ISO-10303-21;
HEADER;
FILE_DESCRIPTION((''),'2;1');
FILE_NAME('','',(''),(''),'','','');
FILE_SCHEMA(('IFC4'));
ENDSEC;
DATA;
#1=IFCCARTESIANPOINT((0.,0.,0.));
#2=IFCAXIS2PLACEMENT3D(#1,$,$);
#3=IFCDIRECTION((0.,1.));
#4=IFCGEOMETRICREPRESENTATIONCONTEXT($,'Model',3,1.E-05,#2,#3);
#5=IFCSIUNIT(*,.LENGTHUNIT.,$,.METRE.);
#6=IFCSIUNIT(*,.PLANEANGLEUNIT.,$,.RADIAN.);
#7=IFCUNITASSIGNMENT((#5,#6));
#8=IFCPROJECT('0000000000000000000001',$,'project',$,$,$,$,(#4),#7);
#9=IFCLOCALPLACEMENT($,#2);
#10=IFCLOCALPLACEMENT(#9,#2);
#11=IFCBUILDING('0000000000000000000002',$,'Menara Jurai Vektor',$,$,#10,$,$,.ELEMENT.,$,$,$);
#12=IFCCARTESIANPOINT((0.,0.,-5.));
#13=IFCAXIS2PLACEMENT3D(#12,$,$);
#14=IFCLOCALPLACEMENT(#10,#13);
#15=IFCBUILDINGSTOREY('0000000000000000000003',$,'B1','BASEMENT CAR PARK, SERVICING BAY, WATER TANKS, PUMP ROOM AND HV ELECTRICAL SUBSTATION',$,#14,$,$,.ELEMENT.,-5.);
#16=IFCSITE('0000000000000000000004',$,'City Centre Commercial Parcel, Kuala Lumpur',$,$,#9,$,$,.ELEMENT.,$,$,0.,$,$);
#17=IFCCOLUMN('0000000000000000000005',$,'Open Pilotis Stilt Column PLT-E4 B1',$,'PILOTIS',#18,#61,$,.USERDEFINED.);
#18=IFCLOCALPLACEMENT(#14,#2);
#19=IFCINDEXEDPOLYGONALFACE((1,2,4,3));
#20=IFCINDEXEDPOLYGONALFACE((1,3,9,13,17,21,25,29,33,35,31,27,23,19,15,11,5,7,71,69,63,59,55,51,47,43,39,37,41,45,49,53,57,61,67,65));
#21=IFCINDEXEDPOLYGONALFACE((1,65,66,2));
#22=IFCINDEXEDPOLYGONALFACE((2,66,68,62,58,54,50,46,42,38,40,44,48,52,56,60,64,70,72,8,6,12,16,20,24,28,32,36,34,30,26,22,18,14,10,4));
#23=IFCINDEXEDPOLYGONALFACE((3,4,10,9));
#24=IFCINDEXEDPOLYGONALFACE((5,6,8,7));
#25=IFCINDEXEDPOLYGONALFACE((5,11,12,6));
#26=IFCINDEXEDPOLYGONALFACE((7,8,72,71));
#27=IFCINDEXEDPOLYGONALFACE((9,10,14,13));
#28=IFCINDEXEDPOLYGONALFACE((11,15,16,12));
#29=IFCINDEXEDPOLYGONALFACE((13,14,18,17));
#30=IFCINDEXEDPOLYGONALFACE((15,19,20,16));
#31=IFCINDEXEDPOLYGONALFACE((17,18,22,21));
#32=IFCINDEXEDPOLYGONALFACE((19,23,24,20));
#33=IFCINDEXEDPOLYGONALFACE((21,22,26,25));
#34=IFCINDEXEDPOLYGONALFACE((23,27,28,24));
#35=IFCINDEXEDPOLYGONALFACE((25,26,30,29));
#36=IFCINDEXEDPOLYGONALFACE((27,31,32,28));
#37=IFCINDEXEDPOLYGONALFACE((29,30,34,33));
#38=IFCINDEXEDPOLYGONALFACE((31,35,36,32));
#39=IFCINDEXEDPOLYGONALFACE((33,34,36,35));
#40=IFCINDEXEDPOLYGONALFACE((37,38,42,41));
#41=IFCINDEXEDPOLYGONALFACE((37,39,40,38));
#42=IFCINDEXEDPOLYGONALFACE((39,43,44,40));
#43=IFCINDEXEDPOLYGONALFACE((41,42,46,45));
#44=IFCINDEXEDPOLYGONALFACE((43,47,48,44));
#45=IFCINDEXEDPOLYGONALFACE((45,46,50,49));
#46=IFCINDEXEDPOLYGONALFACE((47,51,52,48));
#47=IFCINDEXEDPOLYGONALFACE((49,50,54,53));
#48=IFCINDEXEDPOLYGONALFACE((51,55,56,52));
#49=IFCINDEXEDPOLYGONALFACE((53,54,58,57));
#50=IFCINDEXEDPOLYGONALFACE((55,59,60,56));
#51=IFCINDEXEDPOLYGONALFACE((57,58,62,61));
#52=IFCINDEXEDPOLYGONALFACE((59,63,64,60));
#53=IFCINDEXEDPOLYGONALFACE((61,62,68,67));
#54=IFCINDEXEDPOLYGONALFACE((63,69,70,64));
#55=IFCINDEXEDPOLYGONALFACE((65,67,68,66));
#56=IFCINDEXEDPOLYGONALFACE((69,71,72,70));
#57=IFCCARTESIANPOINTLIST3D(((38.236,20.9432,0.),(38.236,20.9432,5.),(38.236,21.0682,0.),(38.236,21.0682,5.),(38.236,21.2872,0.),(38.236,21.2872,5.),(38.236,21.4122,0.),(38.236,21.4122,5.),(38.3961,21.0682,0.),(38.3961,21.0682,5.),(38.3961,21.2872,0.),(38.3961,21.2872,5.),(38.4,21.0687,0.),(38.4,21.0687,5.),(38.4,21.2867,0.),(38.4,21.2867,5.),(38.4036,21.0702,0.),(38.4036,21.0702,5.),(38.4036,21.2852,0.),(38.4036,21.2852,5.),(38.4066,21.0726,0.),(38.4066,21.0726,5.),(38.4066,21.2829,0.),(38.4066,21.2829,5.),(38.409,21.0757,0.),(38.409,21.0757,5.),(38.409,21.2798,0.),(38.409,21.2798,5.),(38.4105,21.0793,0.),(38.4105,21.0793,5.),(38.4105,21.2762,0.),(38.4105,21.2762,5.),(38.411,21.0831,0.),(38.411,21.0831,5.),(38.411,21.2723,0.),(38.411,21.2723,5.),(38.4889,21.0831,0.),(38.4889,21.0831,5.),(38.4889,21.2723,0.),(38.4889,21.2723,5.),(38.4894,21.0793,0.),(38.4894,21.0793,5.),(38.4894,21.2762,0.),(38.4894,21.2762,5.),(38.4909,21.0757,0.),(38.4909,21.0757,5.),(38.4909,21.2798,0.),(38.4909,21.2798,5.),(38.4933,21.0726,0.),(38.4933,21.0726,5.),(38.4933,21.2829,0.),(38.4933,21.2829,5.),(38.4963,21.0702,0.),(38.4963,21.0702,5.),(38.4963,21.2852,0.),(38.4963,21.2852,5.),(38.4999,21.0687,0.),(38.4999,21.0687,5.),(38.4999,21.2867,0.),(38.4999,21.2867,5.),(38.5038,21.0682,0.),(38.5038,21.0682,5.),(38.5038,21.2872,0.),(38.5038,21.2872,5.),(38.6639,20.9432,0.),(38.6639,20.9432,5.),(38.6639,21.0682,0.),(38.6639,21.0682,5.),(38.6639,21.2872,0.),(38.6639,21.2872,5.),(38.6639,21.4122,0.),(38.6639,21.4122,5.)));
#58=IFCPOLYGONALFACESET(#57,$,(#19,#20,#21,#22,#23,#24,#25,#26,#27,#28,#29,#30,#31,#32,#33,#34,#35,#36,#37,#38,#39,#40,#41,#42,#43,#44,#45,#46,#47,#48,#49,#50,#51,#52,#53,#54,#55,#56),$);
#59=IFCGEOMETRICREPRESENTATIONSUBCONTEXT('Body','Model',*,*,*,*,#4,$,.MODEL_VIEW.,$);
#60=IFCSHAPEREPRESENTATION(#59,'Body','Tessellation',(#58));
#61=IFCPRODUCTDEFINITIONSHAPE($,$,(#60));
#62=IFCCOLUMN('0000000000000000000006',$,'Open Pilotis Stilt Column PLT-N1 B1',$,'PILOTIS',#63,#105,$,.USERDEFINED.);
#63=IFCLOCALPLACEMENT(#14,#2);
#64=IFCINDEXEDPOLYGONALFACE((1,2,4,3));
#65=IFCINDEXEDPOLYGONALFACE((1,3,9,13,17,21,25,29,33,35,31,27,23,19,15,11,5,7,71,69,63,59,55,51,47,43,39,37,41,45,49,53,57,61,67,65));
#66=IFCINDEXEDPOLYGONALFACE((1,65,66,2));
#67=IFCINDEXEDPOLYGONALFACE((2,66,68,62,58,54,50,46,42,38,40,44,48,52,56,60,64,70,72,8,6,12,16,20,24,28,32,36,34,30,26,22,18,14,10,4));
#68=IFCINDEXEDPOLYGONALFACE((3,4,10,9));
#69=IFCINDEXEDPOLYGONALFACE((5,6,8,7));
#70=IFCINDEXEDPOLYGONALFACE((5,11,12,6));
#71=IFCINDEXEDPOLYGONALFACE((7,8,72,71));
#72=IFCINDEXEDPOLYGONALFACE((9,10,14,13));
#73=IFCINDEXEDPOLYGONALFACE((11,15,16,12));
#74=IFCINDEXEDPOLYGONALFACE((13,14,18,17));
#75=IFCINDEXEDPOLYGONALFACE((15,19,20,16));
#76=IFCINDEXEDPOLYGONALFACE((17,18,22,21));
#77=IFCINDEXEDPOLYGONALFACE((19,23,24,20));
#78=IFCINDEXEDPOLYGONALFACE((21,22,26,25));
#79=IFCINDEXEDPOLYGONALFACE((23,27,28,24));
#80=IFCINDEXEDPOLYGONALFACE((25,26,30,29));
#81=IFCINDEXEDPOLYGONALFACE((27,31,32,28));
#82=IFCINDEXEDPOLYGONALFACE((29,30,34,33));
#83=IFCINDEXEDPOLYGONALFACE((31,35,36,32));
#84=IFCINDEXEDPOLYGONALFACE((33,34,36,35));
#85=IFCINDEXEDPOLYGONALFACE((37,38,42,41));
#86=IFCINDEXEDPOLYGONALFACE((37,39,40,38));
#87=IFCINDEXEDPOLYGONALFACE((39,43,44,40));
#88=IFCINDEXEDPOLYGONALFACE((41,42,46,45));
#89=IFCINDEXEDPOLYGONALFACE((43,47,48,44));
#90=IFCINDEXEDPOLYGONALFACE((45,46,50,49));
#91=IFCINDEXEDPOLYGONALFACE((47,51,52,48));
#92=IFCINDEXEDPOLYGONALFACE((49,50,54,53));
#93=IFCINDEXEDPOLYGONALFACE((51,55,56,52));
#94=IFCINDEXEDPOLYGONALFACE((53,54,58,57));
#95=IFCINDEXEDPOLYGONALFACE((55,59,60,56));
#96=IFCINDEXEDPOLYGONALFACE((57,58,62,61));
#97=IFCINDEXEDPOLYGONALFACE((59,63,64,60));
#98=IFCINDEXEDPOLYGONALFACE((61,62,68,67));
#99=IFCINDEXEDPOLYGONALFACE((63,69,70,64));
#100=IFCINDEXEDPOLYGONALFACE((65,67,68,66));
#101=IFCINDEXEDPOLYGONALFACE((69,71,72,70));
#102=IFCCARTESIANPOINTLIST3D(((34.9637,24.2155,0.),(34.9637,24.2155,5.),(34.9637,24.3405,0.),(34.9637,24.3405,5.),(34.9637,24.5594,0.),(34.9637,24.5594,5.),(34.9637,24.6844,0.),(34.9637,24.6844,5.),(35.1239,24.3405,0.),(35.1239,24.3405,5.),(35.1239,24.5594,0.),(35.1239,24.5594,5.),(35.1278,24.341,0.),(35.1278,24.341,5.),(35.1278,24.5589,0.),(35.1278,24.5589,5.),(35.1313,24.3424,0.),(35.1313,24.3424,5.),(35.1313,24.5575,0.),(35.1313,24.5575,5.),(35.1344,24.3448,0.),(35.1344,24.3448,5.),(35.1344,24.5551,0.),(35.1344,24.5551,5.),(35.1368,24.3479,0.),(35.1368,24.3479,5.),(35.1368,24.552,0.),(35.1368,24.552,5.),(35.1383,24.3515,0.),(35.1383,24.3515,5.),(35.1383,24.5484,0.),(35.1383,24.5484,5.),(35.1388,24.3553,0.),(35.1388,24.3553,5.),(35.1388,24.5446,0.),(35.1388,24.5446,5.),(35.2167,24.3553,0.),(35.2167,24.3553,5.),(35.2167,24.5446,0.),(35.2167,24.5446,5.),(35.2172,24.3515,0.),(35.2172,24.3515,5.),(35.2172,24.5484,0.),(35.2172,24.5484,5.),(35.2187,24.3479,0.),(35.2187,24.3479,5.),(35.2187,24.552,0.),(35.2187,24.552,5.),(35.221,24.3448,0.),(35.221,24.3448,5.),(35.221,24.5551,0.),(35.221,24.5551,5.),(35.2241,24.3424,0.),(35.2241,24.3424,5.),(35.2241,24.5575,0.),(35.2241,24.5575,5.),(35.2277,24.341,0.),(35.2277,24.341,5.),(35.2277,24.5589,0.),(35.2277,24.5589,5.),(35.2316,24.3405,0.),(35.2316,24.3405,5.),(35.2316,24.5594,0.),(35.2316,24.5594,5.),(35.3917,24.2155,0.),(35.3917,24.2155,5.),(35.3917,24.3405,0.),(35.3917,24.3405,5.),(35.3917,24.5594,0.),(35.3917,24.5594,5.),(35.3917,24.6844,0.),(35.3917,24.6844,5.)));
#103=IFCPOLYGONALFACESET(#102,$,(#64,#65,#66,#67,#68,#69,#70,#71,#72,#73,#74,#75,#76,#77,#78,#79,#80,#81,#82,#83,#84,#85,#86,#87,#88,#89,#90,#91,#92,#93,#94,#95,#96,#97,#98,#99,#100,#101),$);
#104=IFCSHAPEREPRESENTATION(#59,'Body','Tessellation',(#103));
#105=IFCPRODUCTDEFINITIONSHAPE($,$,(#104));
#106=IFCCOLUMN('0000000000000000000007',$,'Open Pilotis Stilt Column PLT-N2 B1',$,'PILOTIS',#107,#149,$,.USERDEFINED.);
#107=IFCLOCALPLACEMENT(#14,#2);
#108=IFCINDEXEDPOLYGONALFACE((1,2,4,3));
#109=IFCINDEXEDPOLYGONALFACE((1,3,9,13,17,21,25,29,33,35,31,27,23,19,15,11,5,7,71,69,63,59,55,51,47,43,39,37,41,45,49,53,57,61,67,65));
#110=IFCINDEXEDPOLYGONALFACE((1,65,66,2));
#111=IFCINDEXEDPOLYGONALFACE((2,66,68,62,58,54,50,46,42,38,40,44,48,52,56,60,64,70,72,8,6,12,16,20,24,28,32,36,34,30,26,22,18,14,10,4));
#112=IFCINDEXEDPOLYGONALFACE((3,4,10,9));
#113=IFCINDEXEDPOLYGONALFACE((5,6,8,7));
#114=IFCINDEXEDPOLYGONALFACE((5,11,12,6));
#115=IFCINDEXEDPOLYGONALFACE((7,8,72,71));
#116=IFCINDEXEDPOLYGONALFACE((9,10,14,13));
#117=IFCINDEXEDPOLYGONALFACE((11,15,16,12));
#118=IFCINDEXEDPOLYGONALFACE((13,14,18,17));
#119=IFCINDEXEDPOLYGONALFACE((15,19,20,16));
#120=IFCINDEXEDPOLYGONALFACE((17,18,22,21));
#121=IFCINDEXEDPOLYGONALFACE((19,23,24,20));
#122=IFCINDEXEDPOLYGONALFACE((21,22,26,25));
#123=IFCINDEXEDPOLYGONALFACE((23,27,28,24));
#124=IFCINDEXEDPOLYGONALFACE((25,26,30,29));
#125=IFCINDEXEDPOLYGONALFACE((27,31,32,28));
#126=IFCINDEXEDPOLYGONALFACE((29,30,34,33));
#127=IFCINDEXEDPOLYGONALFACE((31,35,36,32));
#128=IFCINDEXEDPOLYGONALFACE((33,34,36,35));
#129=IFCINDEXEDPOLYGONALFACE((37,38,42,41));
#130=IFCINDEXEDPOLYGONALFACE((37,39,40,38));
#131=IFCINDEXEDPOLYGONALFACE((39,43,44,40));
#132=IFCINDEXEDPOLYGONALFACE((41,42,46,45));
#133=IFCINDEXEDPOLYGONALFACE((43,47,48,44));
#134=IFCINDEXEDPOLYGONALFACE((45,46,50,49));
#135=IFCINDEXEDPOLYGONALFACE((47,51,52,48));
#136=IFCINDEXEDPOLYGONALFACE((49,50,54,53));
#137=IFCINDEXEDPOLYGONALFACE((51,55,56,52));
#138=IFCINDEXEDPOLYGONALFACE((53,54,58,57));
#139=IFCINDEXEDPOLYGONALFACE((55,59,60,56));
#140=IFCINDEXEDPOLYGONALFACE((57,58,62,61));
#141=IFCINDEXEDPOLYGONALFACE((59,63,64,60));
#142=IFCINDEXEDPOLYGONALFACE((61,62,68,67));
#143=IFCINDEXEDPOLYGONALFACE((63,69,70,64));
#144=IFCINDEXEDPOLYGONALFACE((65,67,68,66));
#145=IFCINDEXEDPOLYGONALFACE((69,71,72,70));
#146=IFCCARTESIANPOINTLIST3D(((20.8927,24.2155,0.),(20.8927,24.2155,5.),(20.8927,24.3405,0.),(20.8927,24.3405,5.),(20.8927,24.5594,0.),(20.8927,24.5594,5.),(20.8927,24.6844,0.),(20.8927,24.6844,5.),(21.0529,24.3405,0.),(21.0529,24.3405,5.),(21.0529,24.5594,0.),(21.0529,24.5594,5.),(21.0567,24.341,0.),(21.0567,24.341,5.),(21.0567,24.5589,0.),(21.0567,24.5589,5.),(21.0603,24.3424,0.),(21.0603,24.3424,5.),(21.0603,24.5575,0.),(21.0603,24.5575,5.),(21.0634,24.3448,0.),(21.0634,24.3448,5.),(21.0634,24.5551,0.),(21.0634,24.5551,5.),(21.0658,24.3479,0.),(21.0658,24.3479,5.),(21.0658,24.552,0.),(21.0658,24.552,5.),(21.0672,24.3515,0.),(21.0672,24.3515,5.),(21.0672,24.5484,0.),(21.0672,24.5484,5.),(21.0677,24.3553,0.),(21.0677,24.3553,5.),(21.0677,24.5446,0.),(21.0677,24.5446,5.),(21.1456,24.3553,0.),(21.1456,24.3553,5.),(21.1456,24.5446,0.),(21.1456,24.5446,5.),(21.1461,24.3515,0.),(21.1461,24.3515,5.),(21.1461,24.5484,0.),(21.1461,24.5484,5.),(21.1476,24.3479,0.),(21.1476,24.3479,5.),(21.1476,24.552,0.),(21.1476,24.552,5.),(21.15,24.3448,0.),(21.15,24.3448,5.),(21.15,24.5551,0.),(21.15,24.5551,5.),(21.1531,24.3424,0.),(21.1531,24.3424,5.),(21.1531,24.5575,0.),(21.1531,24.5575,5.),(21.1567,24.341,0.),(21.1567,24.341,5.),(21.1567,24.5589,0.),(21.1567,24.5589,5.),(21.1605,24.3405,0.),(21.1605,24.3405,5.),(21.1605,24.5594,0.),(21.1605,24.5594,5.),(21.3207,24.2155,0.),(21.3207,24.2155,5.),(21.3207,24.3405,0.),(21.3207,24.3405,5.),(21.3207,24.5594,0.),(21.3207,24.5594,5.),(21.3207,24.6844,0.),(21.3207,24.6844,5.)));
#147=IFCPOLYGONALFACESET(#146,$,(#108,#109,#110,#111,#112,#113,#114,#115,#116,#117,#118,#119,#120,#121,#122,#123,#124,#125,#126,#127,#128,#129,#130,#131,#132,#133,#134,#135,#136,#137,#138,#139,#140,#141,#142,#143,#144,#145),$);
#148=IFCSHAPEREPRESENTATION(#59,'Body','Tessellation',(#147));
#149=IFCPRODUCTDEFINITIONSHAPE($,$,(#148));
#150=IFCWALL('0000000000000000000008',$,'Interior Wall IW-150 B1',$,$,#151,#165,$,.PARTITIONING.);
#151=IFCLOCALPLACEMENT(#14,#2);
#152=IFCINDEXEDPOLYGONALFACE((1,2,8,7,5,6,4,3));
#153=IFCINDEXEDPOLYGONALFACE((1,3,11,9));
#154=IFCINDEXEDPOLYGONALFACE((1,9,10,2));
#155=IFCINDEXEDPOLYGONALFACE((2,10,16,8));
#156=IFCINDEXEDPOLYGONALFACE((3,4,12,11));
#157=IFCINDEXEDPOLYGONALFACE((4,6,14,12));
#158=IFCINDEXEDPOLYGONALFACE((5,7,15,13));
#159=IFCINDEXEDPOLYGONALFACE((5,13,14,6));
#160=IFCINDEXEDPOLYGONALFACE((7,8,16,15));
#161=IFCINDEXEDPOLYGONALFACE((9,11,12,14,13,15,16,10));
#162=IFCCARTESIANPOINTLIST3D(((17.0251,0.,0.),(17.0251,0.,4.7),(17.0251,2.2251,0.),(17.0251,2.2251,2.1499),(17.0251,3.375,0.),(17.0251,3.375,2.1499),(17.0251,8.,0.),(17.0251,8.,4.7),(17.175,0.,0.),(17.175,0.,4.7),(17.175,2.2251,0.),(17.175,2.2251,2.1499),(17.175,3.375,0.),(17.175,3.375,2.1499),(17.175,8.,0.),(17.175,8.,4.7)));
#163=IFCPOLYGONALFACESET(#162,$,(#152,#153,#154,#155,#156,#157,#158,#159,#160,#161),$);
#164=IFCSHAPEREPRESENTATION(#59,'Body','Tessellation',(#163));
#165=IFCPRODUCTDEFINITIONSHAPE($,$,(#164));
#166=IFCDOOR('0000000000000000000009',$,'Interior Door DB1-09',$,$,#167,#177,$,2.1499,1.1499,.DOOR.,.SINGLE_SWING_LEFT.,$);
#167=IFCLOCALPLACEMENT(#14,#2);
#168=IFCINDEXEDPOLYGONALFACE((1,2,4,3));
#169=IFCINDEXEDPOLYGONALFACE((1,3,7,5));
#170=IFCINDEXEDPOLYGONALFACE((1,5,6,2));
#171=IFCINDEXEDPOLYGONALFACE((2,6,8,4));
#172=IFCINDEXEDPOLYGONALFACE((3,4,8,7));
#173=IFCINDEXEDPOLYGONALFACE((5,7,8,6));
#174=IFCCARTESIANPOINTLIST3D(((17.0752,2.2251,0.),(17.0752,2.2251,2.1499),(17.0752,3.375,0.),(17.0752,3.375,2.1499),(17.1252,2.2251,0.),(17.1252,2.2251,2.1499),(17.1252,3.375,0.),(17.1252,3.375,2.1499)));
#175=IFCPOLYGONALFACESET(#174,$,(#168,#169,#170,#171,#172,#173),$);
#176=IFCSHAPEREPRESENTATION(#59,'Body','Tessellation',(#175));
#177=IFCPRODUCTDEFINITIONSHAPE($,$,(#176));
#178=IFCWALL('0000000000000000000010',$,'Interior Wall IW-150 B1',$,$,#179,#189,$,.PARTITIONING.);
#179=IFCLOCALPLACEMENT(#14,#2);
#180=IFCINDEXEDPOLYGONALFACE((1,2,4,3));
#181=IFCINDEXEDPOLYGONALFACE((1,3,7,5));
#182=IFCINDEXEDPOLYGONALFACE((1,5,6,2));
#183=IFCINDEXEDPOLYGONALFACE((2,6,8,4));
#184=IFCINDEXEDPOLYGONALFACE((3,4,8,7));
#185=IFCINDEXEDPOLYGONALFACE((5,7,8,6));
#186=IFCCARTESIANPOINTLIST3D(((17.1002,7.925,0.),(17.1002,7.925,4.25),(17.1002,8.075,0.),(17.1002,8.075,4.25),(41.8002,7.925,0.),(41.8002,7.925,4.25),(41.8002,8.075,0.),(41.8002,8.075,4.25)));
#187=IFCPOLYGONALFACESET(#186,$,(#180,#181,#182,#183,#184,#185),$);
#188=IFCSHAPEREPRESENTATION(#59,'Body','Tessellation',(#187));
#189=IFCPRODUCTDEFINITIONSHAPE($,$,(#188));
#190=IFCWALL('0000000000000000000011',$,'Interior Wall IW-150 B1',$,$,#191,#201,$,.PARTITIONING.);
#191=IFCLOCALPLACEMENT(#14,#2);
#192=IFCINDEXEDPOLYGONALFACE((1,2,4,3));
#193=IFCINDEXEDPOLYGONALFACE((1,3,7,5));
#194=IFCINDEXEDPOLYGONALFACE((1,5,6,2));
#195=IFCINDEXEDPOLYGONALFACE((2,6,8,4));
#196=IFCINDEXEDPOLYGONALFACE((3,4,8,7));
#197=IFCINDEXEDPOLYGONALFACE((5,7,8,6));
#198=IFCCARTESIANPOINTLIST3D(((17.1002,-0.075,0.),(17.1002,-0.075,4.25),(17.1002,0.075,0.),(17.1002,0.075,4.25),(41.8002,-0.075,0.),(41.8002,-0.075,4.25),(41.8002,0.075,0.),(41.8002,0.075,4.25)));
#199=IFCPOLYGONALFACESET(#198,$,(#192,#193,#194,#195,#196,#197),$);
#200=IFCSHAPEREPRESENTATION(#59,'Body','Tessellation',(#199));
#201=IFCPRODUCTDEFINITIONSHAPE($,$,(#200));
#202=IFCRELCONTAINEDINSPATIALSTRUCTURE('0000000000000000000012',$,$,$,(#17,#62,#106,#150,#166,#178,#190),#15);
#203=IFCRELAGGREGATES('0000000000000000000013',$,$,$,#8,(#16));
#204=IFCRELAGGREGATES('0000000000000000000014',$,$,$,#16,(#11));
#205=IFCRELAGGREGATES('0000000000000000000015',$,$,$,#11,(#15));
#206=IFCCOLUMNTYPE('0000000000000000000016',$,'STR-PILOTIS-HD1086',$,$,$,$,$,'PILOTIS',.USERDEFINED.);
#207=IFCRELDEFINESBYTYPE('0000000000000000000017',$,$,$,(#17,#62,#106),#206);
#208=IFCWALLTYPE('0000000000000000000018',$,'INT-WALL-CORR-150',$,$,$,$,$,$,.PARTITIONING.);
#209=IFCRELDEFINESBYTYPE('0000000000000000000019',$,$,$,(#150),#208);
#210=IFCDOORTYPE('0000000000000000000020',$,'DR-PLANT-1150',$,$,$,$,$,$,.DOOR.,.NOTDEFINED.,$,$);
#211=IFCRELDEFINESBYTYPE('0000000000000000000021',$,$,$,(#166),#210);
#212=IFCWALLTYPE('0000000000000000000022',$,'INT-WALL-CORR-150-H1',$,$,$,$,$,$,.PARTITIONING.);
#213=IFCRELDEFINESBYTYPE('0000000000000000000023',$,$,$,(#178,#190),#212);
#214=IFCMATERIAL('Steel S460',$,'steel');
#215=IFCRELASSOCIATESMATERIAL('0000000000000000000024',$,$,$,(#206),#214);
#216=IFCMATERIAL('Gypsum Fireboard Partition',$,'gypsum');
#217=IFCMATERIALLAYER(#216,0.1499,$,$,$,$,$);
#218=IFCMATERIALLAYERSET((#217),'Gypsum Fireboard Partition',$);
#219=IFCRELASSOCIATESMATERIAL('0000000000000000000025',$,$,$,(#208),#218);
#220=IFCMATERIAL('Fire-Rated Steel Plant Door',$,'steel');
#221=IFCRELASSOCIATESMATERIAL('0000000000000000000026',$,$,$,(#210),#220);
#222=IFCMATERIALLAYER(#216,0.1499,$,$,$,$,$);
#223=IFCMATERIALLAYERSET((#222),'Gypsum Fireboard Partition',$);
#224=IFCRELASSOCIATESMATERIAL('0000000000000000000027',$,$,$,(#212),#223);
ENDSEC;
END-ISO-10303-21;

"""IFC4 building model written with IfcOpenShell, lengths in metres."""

from ifc_helpers import new_model, si_unit, direction, frame, frame_2d, origin, origin_2d, place, context, subcontext, project, spatial, rectangle, i_section, extrude, material, layer, layer_set, material_profile, profile_set, type_object, element, fill, save


model = new_model("IFC4")

# Units and contexts
model_context = context("Model", 3, precision=1e-05, world=origin(), true_north=direction((0.0, 1.0)))
body_context = subcontext(model_context, "Body", "Model", "MODEL_VIEW")
ifc_project = project(units=[si_unit("LENGTHUNIT", "METRE"), si_unit("PLANEANGLEUNIT", "RADIAN")], contexts=[model_context])

# Site, building, storey
site_placement = place(None, origin())
site = spatial("IfcSite", under=ifc_project, at=site_placement, Name="City Centre Commercial Parcel, Kuala Lumpur", CompositionType="ELEMENT", RefElevation=0.0)
building_placement = place(site_placement, origin())
building = spatial("IfcBuilding", under=site, at=building_placement, Name="Menara Jurai Vektor", CompositionType="ELEMENT")
storey_placement = place(building_placement, frame((0.0, 0.0, -5.0)))
storey = spatial("IfcBuildingStorey", under=building, at=storey_placement, Name="B1", Description="BASEMENT CAR PARK, SERVICING BAY, WATER TANKS, PUMP ROOM AND HV ELECTRICAL SUBSTATION", CompositionType="ELEMENT", Elevation=-5.0)

# Columns
ifc_material_1 = material(Name="Steel S460", Category="steel")
ifc_material_profile_1 = material_profile(ifc_material_1, i_section(OverallWidth=0.428, OverallDepth=0.469, WebThickness=0.0779, FlangeThickness=0.125, FilletRadius=0.0149, at=origin_2d()), Name="HD 400x1086")
ifc_profile_set_1 = profile_set([ifc_material_profile_1], Name="Steel S460")
column_type_1 = type_object("IfcColumnType", Name="STR-PILOTIS-HD1086", ElementType="PILOTIS", PredefinedType="USERDEFINED", material=ifc_profile_set_1)
for number, where, z_axis, x_axis, name in (
    (1, (38.45, 21.1777, 0.0), (0.0, 0.0, 1.0), (1.0, 0.0, 0.0), "Open Pilotis Stilt Column PLT-E4 B1"),
    (2, (35.1777, 24.45, 0.0), (0.0, 0.0, 1.0), (1.0, 0.0, 0.0), "Open Pilotis Stilt Column PLT-N1 B1"),
    (3, (21.1067, 24.45, 0.0), (0.0, 0.0, 1.0), (1.0, 0.0, 0.0), "Open Pilotis Stilt Column PLT-N2 B1"),
):
    element("IfcColumn", number, at=place(storey_placement, frame(where, z_axis=z_axis, x_axis=x_axis)), inside=storey, type_object=column_type_1, Name=name, ObjectType="PILOTIS", PredefinedType="USERDEFINED", context=body_context, shape_type="SweptSolid", body=[
        extrude(i_section(OverallWidth=0.428, OverallDepth=0.469, WebThickness=0.0779, FlangeThickness=0.125, FilletRadius=0.0149, at=origin_2d()), origin(), (0.0, 0.0, 1.0), 5.0),
    ])

# Wall, opening, door
ifc_material_2 = material(Name="Gypsum Fireboard Partition", Category="gypsum")
ifc_layer_1 = layer(ifc_material_2, 0.1499)
ifc_layer_set_1 = layer_set([ifc_layer_1], Name="Gypsum Fireboard Partition")
wall_type_1 = type_object("IfcWallType", Name="INT-WALL-CORR-150", PredefinedType="PARTITIONING", material=ifc_layer_set_1)
wall_placement = place(storey_placement, frame((17.1001, 0.0, 0.0), z_axis=(0.0, 0.0, 1.0), x_axis=(0.0, 1.0, 0.0)))
wall = element("IfcWall", 4, at=wall_placement, inside=storey, type_object=wall_type_1, Name="Interior Wall IW-150 B1", PredefinedType="PARTITIONING", context=body_context, shape_type="SweptSolid", body=[
    extrude(rectangle(XDim=8.0, YDim=0.1499, at=frame_2d((4.0, 0.0))), origin(), (0.0, 0.0, 1.0), 4.7),
])
opening_placement = place(wall_placement, frame((2.2251, 0.0, 0.0)))
opening = element("IfcOpeningElement", 5, at=opening_placement, cuts=wall, PredefinedType="OPENING", context=body_context, shape_type="SweptSolid", body=[
    extrude(rectangle(XDim=1.1499, YDim=2.1499, at=frame_2d((0.575, 1.075))), frame((0.0, 0.085, 0.0), z_axis=(0.0, -1.0, 0.0), x_axis=(1.0, 0.0, 0.0)), (0.0, 0.0, 1.0), 0.1699),
])
ifc_material_3 = material(Name="Fire-Rated Steel Plant Door", Category="steel")
door_type = type_object("IfcDoorType", Name="DR-PLANT-1150", OperationType="NOTDEFINED", PredefinedType="DOOR", material=ifc_material_3)
door_placement = place(opening_placement, origin())
door = element("IfcDoor", 6, at=door_placement, inside=storey, type_object=door_type, Name="Interior Door DB1-09", OperationType="SINGLE_SWING_LEFT", OverallHeight=2.1499, OverallWidth=1.1499, PredefinedType="DOOR", context=body_context, shape_type="SweptSolid", body=[
    extrude(rectangle(XDim=1.1499, YDim=2.1499, at=frame_2d((0.575, 1.075))), frame((0.0, 0.0249, 0.0), z_axis=(0.0, -1.0, 0.0), x_axis=(1.0, 0.0, 0.0)), (0.0, 0.0, 1.0), 0.05),
])
fill(opening, door)

# Walls
ifc_layer_2 = layer(ifc_material_2, 0.1499)
ifc_layer_set_2 = layer_set([ifc_layer_2], Name="Gypsum Fireboard Partition")
wall_type_2 = type_object("IfcWallType", Name="INT-WALL-CORR-150-H1", PredefinedType="PARTITIONING", material=ifc_layer_set_2)
for number, where, z_axis, x_axis, name in (
    (7, (17.1001, 8.0, 0.0), (0.0, 0.0, 1.0), (1.0, 0.0, 0.0), "Interior Wall IW-150 B1"),
    (8, (17.1001, 0.0, 0.0), (0.0, 0.0, 1.0), (1.0, 0.0, 0.0), "Interior Wall IW-150 B1"),
):
    element("IfcWall", number, at=place(storey_placement, frame(where, z_axis=z_axis, x_axis=x_axis)), inside=storey, type_object=wall_type_2, Name=name, PredefinedType="PARTITIONING", context=body_context, shape_type="SweptSolid", body=[
        extrude(rectangle(XDim=24.7, YDim=0.1499, at=frame_2d((12.3501, 0.0))), origin(), (0.0, 0.0, 1.0), 4.25),
    ])

save(model, "model.ifc")
